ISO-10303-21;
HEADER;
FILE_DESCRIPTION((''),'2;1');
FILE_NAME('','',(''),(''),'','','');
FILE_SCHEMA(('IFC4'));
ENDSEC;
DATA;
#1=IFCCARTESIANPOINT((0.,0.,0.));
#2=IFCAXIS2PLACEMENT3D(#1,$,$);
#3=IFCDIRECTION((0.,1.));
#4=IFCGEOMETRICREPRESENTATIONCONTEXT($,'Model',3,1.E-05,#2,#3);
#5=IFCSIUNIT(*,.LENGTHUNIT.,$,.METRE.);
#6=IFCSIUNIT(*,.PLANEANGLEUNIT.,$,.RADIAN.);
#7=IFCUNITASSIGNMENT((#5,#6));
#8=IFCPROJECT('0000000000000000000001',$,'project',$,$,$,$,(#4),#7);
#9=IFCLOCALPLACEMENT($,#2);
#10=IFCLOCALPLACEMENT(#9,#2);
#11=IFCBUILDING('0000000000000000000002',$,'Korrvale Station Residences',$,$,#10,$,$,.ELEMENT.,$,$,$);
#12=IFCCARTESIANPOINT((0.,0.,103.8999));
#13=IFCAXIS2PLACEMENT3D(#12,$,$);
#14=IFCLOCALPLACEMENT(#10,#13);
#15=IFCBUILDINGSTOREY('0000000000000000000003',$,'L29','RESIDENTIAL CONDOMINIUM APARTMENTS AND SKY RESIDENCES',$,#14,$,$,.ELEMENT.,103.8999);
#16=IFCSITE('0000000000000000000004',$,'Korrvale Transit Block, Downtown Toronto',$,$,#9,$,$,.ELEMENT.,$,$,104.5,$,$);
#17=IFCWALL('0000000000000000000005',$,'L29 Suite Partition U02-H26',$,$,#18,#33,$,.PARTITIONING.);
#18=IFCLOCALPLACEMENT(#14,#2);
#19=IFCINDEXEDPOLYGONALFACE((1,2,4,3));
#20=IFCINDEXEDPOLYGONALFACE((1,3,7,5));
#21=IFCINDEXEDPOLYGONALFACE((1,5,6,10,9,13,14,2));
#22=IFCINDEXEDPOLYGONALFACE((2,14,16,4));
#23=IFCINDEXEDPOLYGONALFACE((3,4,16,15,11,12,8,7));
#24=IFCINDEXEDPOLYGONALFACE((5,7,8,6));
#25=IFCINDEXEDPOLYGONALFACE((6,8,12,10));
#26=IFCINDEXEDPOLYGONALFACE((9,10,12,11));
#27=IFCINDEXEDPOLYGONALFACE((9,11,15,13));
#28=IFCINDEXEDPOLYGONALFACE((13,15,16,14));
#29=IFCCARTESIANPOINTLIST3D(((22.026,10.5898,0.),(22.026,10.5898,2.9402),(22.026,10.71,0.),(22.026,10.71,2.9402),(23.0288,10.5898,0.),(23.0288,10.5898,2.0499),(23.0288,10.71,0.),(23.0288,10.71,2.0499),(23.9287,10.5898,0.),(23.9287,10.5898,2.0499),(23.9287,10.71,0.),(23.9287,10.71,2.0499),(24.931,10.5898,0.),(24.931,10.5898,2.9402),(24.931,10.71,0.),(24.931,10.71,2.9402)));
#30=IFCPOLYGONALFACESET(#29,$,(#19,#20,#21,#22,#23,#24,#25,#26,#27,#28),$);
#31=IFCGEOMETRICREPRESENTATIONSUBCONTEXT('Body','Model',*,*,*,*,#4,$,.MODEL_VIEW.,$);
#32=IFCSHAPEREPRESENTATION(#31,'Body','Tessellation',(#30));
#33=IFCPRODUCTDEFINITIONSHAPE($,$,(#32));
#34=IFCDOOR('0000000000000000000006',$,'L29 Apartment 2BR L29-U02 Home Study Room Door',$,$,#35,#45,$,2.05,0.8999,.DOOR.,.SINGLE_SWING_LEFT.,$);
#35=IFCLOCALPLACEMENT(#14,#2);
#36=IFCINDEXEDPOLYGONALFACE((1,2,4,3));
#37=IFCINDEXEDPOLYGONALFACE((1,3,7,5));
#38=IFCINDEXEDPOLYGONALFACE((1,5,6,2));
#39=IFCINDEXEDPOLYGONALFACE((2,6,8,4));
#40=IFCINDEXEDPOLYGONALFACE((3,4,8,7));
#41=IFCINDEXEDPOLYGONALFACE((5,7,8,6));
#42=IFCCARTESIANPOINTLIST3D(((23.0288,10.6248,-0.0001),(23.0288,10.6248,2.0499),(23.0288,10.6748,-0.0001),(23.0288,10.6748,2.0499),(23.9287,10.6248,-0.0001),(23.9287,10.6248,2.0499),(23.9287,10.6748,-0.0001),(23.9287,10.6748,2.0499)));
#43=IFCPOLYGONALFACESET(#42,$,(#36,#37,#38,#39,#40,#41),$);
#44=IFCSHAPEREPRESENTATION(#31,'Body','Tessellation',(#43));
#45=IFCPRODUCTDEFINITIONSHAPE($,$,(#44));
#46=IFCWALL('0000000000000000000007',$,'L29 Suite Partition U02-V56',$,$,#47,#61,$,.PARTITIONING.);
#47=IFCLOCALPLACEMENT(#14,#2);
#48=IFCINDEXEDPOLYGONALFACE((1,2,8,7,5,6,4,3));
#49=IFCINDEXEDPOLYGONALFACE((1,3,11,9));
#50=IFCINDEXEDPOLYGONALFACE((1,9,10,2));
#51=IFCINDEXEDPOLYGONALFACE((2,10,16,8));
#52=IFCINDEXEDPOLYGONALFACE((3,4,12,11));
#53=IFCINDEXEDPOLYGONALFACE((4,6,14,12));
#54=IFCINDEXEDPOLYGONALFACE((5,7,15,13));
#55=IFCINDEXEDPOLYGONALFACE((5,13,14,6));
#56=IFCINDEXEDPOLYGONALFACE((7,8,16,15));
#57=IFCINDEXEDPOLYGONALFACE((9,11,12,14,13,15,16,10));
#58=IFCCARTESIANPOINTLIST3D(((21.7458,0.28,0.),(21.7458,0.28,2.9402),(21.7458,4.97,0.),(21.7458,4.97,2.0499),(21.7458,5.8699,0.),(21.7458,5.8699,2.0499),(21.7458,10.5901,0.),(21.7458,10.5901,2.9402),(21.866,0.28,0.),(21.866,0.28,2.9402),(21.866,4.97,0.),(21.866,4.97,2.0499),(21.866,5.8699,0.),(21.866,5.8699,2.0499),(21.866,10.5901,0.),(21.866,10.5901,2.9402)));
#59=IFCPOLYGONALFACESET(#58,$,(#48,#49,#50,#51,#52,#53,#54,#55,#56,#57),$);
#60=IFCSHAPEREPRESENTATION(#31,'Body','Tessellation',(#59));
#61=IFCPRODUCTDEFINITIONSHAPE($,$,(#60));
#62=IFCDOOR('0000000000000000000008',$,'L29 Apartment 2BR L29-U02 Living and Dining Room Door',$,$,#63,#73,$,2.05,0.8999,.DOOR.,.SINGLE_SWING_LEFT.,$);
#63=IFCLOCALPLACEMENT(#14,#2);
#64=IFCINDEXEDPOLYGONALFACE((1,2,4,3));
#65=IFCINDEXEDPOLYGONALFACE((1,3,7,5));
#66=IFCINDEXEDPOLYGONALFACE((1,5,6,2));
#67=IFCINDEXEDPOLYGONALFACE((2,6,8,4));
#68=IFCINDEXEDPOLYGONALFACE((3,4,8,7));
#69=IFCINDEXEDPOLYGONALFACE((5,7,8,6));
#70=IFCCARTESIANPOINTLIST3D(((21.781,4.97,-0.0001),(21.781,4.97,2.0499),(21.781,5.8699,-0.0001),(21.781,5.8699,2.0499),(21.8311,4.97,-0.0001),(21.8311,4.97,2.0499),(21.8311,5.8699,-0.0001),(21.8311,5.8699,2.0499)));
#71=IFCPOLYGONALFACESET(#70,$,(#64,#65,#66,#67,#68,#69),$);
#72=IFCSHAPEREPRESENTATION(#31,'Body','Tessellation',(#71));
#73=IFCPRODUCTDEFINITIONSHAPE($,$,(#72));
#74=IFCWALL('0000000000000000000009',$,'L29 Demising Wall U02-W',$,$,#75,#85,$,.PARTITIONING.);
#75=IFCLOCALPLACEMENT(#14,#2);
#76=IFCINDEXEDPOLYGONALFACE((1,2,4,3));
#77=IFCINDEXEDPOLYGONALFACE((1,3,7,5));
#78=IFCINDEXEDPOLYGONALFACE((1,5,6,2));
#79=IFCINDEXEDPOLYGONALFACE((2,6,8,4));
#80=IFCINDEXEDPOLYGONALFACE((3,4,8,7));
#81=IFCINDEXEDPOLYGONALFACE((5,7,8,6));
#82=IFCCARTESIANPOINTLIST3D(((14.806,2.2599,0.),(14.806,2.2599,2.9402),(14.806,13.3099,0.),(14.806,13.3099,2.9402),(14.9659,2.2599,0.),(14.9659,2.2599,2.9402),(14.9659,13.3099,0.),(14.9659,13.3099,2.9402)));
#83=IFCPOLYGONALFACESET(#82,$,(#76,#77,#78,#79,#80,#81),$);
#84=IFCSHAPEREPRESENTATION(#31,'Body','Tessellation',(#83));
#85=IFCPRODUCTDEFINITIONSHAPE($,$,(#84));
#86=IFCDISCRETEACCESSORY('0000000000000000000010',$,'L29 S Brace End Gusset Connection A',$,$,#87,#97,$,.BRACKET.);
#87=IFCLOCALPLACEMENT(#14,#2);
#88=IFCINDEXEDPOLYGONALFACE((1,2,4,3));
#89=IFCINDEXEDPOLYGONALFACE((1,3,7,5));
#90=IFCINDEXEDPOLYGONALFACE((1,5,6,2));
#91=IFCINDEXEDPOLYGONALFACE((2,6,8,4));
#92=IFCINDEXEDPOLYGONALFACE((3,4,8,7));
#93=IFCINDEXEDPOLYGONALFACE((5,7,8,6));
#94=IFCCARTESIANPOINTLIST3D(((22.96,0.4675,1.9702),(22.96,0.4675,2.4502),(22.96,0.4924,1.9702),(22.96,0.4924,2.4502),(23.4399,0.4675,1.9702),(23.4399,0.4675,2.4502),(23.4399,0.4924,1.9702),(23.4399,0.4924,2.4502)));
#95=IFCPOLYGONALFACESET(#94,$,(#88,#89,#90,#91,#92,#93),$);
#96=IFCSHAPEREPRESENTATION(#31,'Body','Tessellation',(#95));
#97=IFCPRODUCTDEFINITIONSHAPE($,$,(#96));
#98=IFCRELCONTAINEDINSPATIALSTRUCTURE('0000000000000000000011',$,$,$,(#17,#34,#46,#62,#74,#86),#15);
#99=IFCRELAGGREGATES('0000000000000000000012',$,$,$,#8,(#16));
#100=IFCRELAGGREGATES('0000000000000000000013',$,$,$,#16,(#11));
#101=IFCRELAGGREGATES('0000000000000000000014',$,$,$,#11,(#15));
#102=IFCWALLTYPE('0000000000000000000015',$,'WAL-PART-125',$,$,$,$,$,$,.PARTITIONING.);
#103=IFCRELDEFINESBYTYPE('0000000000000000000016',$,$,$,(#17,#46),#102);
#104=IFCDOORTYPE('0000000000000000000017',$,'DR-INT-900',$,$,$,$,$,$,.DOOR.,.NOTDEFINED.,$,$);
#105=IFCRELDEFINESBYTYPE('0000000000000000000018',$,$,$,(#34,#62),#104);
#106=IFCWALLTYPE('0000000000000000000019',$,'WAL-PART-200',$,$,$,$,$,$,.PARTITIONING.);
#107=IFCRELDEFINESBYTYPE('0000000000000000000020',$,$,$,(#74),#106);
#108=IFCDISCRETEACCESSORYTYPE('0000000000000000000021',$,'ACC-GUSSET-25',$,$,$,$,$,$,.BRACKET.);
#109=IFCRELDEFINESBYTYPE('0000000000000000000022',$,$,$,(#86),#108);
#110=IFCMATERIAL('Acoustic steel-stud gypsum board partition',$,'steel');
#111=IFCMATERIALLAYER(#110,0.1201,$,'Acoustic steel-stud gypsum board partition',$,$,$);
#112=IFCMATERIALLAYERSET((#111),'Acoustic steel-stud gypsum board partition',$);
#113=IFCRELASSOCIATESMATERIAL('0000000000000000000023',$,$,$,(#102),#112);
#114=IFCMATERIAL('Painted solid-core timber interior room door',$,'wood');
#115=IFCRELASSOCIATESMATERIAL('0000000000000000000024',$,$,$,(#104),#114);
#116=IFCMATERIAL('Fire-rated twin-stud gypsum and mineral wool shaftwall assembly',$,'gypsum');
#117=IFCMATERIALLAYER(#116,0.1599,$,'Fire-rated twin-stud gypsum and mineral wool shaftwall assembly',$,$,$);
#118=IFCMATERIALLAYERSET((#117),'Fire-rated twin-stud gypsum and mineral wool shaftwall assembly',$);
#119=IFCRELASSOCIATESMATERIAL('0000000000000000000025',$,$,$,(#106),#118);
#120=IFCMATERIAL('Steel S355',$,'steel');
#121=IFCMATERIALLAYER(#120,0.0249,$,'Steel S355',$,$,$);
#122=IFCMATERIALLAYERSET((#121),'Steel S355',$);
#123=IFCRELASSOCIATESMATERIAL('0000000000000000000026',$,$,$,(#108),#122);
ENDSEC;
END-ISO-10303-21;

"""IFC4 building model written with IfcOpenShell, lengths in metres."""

from ifc_helpers import new_model, si_unit, direction, frame, frame_2d, origin, origin_2d, place, context, subcontext, project, spatial, rectangle, extrude, material, layer, layer_set, type_object, element, fill, save


model = new_model("IFC4")

# Units and contexts
model_context = context("Model", 3, precision=1e-05, world=origin(), true_north=direction((0.0, 1.0)))
body_context = subcontext(model_context, "Body", "Model", "MODEL_VIEW")
ifc_project = project(units=[si_unit("LENGTHUNIT", "METRE"), si_unit("PLANEANGLEUNIT", "RADIAN")], contexts=[model_context])

# Site, building, storey
site_placement = place(None, origin())
site = spatial("IfcSite", under=ifc_project, at=site_placement, Name="Korrvale Transit Block, Downtown Toronto", CompositionType="ELEMENT", RefElevation=104.5)
building_placement = place(site_placement, origin())
building = spatial("IfcBuilding", under=site, at=building_placement, Name="Korrvale Station Residences", CompositionType="ELEMENT")
storey_placement = place(building_placement, frame((0.0, 0.0, 103.8999)))
storey = spatial("IfcBuildingStorey", under=building, at=storey_placement, Name="L29", Description="RESIDENTIAL CONDOMINIUM APARTMENTS AND SKY RESIDENCES", CompositionType="ELEMENT", Elevation=103.8999)

# Shared definitions
ifc_material_1 = material(Name="Steel S355", Category="steel")

# Shared definitions
ifc_material_2 = material(Name="Acoustic steel-stud gypsum board partition", Category="steel")
ifc_layer_1 = layer(ifc_material_2, 0.1201, Name="Acoustic steel-stud gypsum board partition")
ifc_layer_set_1 = layer_set([ifc_layer_1], Name="Acoustic steel-stud gypsum board partition")
wall_type_1 = type_object("IfcWallType", Name="WAL-PART-125", PredefinedType="PARTITIONING", material=ifc_layer_set_1)

# Walls, openings, doors
ifc_material_3 = material(Name="Painted solid-core timber interior room door", Category="wood")
door_type_1 = type_object("IfcDoorType", Name="DR-INT-900", OperationType="NOTDEFINED", PredefinedType="DOOR", material=ifc_material_3)
wall_1_placement = place(storey_placement, frame((22.0259, 10.6499, 0.0), z_axis=(0.0, 0.0, 1.0), x_axis=(1.0, 0.0, 0.0)))
wall_1 = element("IfcWall", 1, at=wall_1_placement, inside=storey, type_object=wall_type_1, Name="L29 Suite Partition U02-H26", PredefinedType="PARTITIONING", context=body_context, shape_type="SweptSolid", body=[
    extrude(rectangle(XDim=2.905, YDim=0.1201, at=frame_2d((1.4526, 0.0))), origin(), (0.0, 0.0, 1.0), 2.9402),
])
opening_1_placement = place(wall_1_placement, frame((1.0029, 0.0, 0.0)))
opening_1 = element("IfcOpeningElement", 2, at=opening_1_placement, cuts=wall_1, PredefinedType="OPENING", context=body_context, shape_type="SweptSolid", body=[
    extrude(rectangle(XDim=0.8999, YDim=2.05, at=frame_2d((0.45, 1.0249))), frame((0.0, 0.0701, 0.0), z_axis=(0.0, -1.0, 0.0), x_axis=(1.0, 0.0, 0.0)), (0.0, 0.0, 1.0), 0.1401),
])
door_1_placement = place(opening_1_placement, origin())
door_1 = element("IfcDoor", 3, at=door_1_placement, inside=storey, type_object=door_type_1, Name="L29 Apartment 2BR L29-U02 Home Study Room Door", OperationType="SINGLE_SWING_LEFT", OverallHeight=2.05, OverallWidth=0.8999, PredefinedType="DOOR", context=body_context, shape_type="SweptSolid", body=[
    extrude(rectangle(XDim=0.8999, YDim=2.05, at=frame_2d((0.45, 1.0249))), frame((0.0, 0.0249, 0.0), z_axis=(0.0, -1.0, 0.0), x_axis=(1.0, 0.0, 0.0)), (0.0, 0.0, 1.0), 0.05),
])
fill(opening_1, door_1)
wall_2_placement = place(storey_placement, frame((21.8059, 0.28, 0.0), z_axis=(0.0, 0.0, 1.0), x_axis=(0.0, 1.0, 0.0)))
wall_2 = element("IfcWall", 4, at=wall_2_placement, inside=storey, type_object=wall_type_1, Name="L29 Suite Partition U02-V56", PredefinedType="PARTITIONING", context=body_context, shape_type="SweptSolid", body=[
    extrude(rectangle(XDim=10.3101, YDim=0.1201, at=frame_2d((5.155, 0.0))), origin(), (0.0, 0.0, 1.0), 2.9402),
])
opening_2_placement = place(wall_2_placement, frame((4.6899, 0.0, 0.0)))
opening_2 = element("IfcOpeningElement", 5, at=opening_2_placement, cuts=wall_2, PredefinedType="OPENING", context=body_context, shape_type="SweptSolid", body=[
    extrude(rectangle(XDim=0.8999, YDim=2.05, at=frame_2d((0.45, 1.0249))), frame((0.0, 0.0701, 0.0), z_axis=(0.0, -1.0, 0.0), x_axis=(1.0, 0.0, 0.0)), (0.0, 0.0, 1.0), 0.1401),
])
door_2_placement = place(opening_2_placement, origin())
door_2 = element("IfcDoor", 6, at=door_2_placement, inside=storey, type_object=door_type_1, Name="L29 Apartment 2BR L29-U02 Living and Dining Room Door", OperationType="SINGLE_SWING_LEFT", OverallHeight=2.05, OverallWidth=0.8999, PredefinedType="DOOR", context=body_context, shape_type="SweptSolid", body=[
    extrude(rectangle(XDim=0.8999, YDim=2.05, at=frame_2d((0.45, 1.0249))), frame((0.0, 0.0249, 0.0), z_axis=(0.0, -1.0, 0.0), x_axis=(1.0, 0.0, 0.0)), (0.0, 0.0, 1.0), 0.05),
])
fill(opening_2, door_2)

# Wall
ifc_material_4 = material(Name="Fire-rated twin-stud gypsum and mineral wool shaftwall assembly", Category="gypsum")
ifc_layer_2 = layer(ifc_material_4, 0.1599, Name="Fire-rated twin-stud gypsum and mineral wool shaftwall assembly")
ifc_layer_set_2 = layer_set([ifc_layer_2], Name="Fire-rated twin-stud gypsum and mineral wool shaftwall assembly")
wall_type_2 = type_object("IfcWallType", Name="WAL-PART-200", PredefinedType="PARTITIONING", material=ifc_layer_set_2)
wall_3_placement = place(storey_placement, frame((14.886, 2.26, 0.0), z_axis=(0.0, 0.0, 1.0), x_axis=(0.0, 1.0, 0.0)))
element("IfcWall", 7, at=wall_3_placement, inside=storey, type_object=wall_type_2, Name="L29 Demising Wall U02-W", PredefinedType="PARTITIONING", context=body_context, shape_type="SweptSolid", body=[
    extrude(rectangle(XDim=11.05, YDim=0.1599, at=frame_2d((5.5249, 0.0))), origin(), (0.0, 0.0, 1.0), 2.9402),
])

# Discrete accessory
ifc_layer_3 = layer(ifc_material_1, 0.0249, Name="Steel S355")
ifc_layer_set_3 = layer_set([ifc_layer_3], Name="Steel S355")
discrete_accessory_type = type_object("IfcDiscreteAccessoryType", Name="ACC-GUSSET-25", PredefinedType="BRACKET", material=ifc_layer_set_3)
discrete_accessory_placement = place(storey_placement, frame((23.2, 0.48, 1.9702), z_axis=(0.0, 0.0, 1.0), x_axis=(1.0, 0.0, 0.0)))
element("IfcDiscreteAccessory", 8, at=discrete_accessory_placement, inside=storey, type_object=discrete_accessory_type, Name="L29 S Brace End Gusset Connection A", PredefinedType="BRACKET", context=body_context, shape_type="SweptSolid", body=[
    extrude(rectangle(XDim=0.48, YDim=0.0249, at=origin_2d()), origin(), (0.0, 0.0, 1.0), 0.48),
])

save(model, "model.ifc")
